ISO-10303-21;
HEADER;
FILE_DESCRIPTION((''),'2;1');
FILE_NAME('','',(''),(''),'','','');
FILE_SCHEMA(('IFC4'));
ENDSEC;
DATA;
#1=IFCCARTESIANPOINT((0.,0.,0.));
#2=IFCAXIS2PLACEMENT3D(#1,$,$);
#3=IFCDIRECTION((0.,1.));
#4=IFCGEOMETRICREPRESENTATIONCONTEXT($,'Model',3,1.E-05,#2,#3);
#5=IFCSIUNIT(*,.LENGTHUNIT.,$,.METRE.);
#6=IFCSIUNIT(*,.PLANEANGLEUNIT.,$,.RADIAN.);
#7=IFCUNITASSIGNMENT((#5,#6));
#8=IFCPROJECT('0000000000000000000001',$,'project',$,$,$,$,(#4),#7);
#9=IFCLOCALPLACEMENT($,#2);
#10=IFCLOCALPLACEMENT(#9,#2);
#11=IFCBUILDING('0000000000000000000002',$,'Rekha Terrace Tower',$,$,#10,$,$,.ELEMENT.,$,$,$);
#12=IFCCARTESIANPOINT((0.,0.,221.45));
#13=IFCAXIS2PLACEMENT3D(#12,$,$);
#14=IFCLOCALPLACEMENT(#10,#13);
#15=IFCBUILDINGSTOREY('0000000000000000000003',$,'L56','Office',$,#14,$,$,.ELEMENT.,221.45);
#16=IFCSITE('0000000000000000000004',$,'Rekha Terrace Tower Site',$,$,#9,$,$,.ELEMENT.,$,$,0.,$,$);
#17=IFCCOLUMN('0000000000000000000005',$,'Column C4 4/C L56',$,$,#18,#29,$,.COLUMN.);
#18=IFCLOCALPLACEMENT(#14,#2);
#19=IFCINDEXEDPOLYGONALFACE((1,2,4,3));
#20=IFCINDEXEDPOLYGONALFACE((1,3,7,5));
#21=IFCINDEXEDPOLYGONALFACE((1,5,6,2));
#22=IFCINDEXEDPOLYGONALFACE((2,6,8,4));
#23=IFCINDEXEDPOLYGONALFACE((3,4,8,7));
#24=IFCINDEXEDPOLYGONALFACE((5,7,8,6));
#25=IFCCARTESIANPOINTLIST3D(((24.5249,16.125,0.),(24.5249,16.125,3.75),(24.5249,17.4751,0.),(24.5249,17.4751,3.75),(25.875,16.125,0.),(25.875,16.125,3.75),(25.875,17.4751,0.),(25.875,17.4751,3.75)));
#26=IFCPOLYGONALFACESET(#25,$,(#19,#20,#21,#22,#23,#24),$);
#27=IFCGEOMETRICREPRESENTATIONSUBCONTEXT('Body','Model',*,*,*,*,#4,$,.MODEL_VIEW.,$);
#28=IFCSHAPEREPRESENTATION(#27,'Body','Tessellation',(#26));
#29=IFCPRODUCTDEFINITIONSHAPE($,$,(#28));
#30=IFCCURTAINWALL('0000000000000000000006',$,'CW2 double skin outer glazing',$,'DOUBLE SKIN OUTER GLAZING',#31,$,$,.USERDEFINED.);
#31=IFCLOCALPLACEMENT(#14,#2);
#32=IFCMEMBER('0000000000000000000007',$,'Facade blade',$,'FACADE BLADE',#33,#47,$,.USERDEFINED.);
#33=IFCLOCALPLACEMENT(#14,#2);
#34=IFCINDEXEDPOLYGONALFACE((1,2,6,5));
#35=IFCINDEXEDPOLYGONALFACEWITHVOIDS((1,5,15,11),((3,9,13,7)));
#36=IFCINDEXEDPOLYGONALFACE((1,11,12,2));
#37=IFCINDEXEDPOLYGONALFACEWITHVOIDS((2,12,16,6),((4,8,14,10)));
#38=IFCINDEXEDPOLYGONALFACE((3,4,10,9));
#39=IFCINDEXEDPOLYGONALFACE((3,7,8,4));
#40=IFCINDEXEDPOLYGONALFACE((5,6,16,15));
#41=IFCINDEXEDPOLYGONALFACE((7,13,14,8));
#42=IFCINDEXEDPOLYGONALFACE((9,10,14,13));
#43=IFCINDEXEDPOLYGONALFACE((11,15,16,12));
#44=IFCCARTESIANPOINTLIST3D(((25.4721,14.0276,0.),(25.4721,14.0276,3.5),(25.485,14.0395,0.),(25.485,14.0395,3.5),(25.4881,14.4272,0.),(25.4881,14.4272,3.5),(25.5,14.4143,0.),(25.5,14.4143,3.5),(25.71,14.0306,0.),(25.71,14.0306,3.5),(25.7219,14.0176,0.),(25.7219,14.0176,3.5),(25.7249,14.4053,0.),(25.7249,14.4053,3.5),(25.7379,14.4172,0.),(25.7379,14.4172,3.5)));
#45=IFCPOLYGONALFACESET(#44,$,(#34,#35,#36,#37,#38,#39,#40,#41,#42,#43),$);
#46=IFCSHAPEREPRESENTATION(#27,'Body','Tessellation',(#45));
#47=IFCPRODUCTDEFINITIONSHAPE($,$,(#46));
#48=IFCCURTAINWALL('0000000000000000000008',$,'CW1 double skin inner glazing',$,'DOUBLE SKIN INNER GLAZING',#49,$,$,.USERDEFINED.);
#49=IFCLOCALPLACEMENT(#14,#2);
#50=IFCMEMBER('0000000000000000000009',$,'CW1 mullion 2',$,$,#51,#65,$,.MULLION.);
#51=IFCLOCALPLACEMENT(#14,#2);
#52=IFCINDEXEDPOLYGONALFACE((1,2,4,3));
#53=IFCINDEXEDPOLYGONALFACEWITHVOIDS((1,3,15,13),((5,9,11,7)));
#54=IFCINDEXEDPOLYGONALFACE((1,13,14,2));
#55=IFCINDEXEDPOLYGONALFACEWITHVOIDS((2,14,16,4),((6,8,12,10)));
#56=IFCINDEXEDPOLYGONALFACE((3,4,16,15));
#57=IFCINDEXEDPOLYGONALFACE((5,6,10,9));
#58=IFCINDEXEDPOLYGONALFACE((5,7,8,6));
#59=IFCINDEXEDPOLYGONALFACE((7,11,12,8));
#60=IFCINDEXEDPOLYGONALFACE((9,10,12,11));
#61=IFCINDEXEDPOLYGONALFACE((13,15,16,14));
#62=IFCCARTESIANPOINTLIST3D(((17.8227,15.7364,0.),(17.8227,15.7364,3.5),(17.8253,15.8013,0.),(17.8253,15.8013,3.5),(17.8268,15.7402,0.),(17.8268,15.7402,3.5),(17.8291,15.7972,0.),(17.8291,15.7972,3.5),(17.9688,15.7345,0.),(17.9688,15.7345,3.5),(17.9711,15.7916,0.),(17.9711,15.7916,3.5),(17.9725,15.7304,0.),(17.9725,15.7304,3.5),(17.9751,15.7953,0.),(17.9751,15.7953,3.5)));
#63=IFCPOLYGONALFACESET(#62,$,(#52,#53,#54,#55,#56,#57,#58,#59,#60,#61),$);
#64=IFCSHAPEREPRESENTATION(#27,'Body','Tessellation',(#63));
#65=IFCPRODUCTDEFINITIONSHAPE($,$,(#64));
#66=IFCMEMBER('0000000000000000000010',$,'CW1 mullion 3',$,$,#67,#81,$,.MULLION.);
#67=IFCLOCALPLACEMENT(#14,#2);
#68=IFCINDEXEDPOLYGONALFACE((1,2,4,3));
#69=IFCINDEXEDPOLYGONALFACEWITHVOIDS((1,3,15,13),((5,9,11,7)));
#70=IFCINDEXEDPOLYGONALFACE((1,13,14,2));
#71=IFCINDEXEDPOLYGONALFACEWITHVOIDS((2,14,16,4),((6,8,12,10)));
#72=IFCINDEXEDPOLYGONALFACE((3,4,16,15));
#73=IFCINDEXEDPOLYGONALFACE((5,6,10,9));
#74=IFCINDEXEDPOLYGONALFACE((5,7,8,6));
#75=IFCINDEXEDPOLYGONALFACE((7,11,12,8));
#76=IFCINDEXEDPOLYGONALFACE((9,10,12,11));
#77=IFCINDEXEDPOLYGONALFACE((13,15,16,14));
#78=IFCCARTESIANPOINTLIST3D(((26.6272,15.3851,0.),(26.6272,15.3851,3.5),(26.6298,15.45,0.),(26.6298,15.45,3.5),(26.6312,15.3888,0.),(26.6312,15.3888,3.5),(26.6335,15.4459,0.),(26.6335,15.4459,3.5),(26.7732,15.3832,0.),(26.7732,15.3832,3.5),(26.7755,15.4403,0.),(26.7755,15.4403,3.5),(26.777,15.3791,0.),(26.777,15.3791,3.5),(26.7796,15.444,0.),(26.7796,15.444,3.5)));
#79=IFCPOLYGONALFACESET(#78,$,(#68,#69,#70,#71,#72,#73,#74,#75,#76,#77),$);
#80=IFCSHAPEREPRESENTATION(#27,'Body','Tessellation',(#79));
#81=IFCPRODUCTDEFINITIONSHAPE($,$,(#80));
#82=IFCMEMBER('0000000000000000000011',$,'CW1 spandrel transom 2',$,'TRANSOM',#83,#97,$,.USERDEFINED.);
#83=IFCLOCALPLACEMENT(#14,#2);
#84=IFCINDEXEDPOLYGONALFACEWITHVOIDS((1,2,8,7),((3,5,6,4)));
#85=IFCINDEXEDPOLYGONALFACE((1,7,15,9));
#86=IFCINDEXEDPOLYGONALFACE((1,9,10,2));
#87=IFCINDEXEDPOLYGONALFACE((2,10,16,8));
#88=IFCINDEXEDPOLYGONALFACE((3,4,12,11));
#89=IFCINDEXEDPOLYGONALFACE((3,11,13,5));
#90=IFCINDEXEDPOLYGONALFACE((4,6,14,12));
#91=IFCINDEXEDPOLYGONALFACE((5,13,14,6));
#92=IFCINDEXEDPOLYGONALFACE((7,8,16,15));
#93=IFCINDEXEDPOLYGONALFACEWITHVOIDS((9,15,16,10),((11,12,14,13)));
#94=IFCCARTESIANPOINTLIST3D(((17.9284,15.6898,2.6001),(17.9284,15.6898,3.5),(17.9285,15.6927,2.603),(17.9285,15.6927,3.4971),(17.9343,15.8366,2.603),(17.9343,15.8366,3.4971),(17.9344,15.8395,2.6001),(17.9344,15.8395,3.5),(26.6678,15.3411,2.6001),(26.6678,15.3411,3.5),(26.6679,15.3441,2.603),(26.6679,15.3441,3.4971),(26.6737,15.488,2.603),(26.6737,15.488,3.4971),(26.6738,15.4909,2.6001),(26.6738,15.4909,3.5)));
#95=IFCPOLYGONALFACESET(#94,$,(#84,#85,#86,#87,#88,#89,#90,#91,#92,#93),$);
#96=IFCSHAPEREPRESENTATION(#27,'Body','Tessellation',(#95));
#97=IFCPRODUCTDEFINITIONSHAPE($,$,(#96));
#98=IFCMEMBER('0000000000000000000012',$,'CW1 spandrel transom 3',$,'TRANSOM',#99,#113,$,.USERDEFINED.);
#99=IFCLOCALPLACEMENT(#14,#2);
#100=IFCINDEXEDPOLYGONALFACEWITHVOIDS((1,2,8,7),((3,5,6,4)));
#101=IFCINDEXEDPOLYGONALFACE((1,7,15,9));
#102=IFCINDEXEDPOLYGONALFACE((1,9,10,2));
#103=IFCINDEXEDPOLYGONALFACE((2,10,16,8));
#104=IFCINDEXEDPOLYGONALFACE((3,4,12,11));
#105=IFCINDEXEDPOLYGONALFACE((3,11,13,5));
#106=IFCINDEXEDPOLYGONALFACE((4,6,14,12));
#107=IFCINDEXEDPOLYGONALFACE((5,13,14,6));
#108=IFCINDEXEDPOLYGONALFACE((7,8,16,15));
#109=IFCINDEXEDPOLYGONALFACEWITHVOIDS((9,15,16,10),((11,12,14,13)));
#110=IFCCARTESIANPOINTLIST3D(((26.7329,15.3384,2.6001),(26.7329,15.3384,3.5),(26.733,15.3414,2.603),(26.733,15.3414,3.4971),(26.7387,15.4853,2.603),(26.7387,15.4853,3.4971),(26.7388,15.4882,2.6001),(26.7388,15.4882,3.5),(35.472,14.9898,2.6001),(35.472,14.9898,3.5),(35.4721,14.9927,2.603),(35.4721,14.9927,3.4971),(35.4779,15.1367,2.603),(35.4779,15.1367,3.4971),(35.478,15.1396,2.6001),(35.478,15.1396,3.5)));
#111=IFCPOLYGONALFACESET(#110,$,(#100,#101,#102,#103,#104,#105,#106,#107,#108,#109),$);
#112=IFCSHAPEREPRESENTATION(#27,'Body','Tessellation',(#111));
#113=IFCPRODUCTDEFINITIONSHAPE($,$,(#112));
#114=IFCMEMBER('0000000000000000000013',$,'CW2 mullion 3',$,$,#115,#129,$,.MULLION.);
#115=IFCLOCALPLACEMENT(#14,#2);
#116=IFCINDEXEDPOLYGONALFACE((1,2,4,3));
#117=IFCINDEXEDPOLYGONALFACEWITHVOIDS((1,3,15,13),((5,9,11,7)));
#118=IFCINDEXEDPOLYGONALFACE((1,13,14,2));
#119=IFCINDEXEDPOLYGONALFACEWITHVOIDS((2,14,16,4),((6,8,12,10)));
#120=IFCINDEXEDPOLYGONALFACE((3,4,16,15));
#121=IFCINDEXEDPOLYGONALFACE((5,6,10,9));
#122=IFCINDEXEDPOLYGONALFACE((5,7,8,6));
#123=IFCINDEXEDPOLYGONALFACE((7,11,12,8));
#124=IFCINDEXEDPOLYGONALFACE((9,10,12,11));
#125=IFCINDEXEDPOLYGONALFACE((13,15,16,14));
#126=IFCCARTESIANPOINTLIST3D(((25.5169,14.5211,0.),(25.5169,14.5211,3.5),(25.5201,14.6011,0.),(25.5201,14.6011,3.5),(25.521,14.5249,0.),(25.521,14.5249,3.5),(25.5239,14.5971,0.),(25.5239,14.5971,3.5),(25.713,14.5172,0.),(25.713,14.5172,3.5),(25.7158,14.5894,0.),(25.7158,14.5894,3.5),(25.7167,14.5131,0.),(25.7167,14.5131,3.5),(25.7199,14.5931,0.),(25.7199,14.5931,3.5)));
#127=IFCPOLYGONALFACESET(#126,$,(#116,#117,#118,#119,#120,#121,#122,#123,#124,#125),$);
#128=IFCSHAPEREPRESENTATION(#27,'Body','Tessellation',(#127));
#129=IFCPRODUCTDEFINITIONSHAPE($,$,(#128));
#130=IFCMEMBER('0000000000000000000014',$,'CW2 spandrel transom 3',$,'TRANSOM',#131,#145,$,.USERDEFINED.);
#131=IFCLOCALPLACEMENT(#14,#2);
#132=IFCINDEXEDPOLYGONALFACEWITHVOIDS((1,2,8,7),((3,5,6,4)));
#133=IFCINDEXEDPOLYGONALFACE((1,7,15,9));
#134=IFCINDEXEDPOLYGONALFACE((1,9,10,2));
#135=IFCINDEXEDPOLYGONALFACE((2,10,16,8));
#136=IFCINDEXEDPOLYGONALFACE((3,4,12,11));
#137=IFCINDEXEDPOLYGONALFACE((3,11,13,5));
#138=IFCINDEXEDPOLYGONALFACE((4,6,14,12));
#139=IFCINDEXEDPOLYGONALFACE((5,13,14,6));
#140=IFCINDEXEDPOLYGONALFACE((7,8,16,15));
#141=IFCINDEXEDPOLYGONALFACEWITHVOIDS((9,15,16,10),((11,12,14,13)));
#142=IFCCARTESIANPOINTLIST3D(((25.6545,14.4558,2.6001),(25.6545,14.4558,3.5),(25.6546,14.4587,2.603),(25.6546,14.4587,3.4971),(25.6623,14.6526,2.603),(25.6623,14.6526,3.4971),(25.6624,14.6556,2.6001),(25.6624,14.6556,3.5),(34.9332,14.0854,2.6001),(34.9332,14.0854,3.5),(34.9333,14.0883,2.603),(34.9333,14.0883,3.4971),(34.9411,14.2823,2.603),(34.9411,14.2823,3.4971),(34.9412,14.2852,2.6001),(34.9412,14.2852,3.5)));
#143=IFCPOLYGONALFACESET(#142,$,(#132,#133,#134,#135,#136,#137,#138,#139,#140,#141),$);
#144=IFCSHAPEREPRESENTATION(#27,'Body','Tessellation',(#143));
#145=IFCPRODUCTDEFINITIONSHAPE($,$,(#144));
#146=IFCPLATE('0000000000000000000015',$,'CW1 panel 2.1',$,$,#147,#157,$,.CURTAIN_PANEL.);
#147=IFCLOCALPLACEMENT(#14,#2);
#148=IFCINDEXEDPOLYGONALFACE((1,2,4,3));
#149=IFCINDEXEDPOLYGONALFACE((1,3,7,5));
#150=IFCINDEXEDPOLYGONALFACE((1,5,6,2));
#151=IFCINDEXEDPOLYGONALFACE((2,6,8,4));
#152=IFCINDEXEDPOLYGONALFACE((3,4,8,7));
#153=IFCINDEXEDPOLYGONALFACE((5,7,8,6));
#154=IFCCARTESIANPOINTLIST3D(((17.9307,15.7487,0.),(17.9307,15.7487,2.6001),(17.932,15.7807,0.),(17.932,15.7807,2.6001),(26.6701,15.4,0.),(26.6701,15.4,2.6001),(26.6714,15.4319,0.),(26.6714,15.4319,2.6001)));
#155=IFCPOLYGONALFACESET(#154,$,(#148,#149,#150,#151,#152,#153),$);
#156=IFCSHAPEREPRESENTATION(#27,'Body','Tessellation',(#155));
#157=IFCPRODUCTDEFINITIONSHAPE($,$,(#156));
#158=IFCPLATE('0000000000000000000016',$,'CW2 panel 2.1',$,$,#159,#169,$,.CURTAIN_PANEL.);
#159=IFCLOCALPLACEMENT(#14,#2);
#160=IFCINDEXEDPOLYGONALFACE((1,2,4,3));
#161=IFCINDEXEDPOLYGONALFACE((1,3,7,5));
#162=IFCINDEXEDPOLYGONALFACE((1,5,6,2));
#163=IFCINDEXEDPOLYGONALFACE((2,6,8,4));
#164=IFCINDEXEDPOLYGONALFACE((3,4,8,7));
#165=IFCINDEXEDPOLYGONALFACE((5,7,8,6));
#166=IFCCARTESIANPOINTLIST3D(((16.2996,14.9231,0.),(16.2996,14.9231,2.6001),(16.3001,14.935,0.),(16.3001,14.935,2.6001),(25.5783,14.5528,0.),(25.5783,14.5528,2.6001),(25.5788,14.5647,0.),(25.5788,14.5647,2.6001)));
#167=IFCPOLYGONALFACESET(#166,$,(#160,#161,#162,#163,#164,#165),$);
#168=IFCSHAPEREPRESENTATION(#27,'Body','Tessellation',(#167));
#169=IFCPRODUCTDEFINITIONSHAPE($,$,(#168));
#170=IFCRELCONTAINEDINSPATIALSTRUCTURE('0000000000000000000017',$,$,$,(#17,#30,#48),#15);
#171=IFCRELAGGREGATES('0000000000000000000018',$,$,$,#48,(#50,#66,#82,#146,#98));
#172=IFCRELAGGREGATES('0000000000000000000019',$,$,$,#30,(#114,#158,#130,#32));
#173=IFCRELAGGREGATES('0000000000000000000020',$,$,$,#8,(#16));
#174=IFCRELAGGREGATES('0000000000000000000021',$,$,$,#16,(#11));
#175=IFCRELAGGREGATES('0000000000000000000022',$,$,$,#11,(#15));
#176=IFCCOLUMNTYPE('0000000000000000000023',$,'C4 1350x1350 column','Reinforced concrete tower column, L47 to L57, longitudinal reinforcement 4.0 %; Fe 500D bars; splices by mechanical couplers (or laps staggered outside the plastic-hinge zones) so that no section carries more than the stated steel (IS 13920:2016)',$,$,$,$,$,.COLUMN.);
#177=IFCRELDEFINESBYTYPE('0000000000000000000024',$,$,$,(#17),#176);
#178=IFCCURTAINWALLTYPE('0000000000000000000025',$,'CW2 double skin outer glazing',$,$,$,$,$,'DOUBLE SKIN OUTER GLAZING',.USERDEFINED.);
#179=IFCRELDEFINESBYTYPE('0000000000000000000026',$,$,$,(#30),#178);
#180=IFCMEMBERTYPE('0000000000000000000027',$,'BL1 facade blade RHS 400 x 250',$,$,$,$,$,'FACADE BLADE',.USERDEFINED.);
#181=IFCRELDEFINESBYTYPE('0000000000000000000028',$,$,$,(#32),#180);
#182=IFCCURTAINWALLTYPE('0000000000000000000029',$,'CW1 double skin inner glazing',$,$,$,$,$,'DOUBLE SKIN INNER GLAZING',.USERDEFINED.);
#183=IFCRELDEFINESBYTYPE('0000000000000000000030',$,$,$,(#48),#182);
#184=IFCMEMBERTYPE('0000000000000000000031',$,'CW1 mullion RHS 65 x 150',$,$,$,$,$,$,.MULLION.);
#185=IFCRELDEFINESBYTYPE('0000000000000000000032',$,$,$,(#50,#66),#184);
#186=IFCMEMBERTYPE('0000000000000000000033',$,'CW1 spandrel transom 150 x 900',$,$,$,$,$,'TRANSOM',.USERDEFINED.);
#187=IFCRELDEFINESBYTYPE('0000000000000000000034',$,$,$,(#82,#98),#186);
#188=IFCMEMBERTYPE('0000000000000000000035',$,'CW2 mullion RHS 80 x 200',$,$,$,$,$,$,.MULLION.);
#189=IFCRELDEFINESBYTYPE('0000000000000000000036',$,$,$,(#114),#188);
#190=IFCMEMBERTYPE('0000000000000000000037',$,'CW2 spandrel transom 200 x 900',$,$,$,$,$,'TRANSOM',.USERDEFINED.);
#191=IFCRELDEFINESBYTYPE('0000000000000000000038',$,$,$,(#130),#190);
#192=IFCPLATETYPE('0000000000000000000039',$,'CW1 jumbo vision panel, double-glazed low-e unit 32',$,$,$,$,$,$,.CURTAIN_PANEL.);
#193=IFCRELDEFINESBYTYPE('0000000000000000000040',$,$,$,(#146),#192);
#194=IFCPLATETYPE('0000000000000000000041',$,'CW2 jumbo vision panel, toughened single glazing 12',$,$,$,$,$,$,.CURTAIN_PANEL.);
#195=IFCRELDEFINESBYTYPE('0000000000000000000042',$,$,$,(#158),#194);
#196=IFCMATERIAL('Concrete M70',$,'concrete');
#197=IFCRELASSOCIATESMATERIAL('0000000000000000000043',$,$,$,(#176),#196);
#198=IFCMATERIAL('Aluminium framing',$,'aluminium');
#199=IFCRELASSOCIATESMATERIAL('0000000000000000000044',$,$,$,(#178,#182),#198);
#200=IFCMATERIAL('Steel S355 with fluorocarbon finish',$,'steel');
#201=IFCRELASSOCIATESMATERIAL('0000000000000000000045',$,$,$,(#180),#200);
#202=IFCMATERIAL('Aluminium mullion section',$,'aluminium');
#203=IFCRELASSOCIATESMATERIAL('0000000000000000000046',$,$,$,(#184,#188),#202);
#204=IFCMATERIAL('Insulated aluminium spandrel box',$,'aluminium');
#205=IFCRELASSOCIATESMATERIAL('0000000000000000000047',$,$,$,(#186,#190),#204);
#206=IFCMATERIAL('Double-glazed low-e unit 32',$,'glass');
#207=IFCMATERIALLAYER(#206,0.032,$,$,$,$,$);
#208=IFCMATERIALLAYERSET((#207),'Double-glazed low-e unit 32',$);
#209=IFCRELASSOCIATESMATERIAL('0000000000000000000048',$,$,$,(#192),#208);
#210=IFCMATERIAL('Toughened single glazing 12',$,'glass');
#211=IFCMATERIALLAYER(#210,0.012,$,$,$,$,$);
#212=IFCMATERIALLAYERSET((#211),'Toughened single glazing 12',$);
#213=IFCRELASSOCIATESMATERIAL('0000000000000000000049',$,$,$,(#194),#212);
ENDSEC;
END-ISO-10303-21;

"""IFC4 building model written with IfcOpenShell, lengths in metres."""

from ifc_helpers import new_model, si_unit, direction, frame, origin, origin_2d, place, context, subcontext, project, spatial, rectangle, hollow_rectangle, extrude, material, layer, layer_set, material_profile, profile_set, type_object, element, aggregate, save


model = new_model("IFC4")

# Units and contexts
model_context = context("Model", 3, precision=1e-05, world=origin(), true_north=direction((0.0, 1.0)))
body_context = subcontext(model_context, "Body", "Model", "MODEL_VIEW")
ifc_project = project(units=[si_unit("LENGTHUNIT", "METRE"), si_unit("PLANEANGLEUNIT", "RADIAN")], contexts=[model_context])

# Site, building, storey
site_placement = place(None, origin())
site = spatial("IfcSite", under=ifc_project, at=site_placement, Name="Rekha Terrace Tower Site", CompositionType="ELEMENT", RefElevation=0.0)
building_placement = place(site_placement, origin())
building = spatial("IfcBuilding", under=site, at=building_placement, Name="Rekha Terrace Tower", CompositionType="ELEMENT")
storey_placement = place(building_placement, frame((0.0, 0.0, 221.45)))
storey = spatial("IfcBuildingStorey", under=building, at=storey_placement, Name="L56", Description="Office", CompositionType="ELEMENT", Elevation=221.45)

# Column
ifc_material_1 = material(Name="Concrete M70", Category="concrete")
ifc_material_profile_1 = material_profile(ifc_material_1, rectangle(XDim=1.3501, YDim=1.3501, at=origin_2d()), Name="RC 1350x1350")
ifc_profile_set_1 = profile_set([ifc_material_profile_1], Name="Concrete M70")
column_type = type_object("IfcColumnType", Name="C4 1350x1350 column", Description="Reinforced concrete tower column, L47 to L57, longitudinal reinforcement 4.0 %; Fe 500D bars; splices by mechanical couplers (or laps staggered outside the plastic-hinge zones) so that no section carries more than the stated steel (IS 13920:2016)", PredefinedType="COLUMN", material=ifc_profile_set_1)
column_placement = place(storey_placement, frame((25.2, 16.8, 0.0), z_axis=(0.0, 0.0, 1.0), x_axis=(1.0, 0.0, 0.0)))
element("IfcColumn", 1, at=column_placement, inside=storey, type_object=column_type, Name="Column C4 4/C L56", PredefinedType="COLUMN", context=body_context, shape_type="SweptSolid", body=[
    extrude(rectangle(XDim=1.3501, YDim=1.3501, at=origin_2d()), origin(), (0.0, 0.0, 1.0), 3.75),
])

# Curtain wall, member
ifc_material_2 = material(Name="Aluminium framing", Category="aluminium")
curtain_wall_type_1 = type_object("IfcCurtainWallType", Name="CW2 double skin outer glazing", ElementType="DOUBLE SKIN OUTER GLAZING", PredefinedType="USERDEFINED", material=ifc_material_2)
curtain_wall_1_placement = place(storey_placement, origin())
curtain_wall_1 = element("IfcCurtainWall", 2, at=curtain_wall_1_placement, inside=storey, type_object=curtain_wall_type_1, Name="CW2 double skin outer glazing", ObjectType="DOUBLE SKIN OUTER GLAZING", PredefinedType="USERDEFINED")
ifc_material_3 = material(Name="Steel S355 with fluorocarbon finish", Category="steel")
ifc_material_profile_2 = material_profile(ifc_material_3, hollow_rectangle(XDim=0.25, YDim=0.3999, WallThickness=0.0125, at=origin_2d()), Name="RHS400x250x12.5")
ifc_profile_set_2 = profile_set([ifc_material_profile_2], Name="Steel S355 with fluorocarbon finish")
member_type_1 = type_object("IfcMemberType", Name="BL1 facade blade RHS 400 x 250", ElementType="FACADE BLADE", PredefinedType="USERDEFINED", material=ifc_profile_set_2)
member_1_placement = place(storey_placement, frame((25.605, 14.2224, 0.0), z_axis=(0.0, 0.0, 1.0), x_axis=(0.999205, -0.039872, 0.0)))
member_1 = element("IfcMember", 3, at=member_1_placement, type_object=member_type_1, Name="Facade blade", ObjectType="FACADE BLADE", PredefinedType="USERDEFINED", context=body_context, shape_type="SweptSolid", body=[
    extrude(hollow_rectangle(XDim=0.25, YDim=0.3999, WallThickness=0.0125, at=origin_2d()), origin(), (0.0, 0.0, 1.0), 3.5),
])

# Curtain wall, members
curtain_wall_type_2 = type_object("IfcCurtainWallType", Name="CW1 double skin inner glazing", ElementType="DOUBLE SKIN INNER GLAZING", PredefinedType="USERDEFINED", material=ifc_material_2)
curtain_wall_2_placement = place(storey_placement, origin())
curtain_wall_2 = element("IfcCurtainWall", 4, at=curtain_wall_2_placement, inside=storey, type_object=curtain_wall_type_2, Name="CW1 double skin inner glazing", ObjectType="DOUBLE SKIN INNER GLAZING", PredefinedType="USERDEFINED")
ifc_material_4 = material(Name="Aluminium mullion section", Category="aluminium")
ifc_material_profile_3 = material_profile(ifc_material_4, hollow_rectangle(XDim=0.0649, YDim=0.1499, WallThickness=0.0039, at=origin_2d()), Name="AL RHS 65x150")
ifc_profile_set_3 = profile_set([ifc_material_profile_3], Name="Aluminium mullion section")
member_type_2 = type_object("IfcMemberType", Name="CW1 mullion RHS 65 x 150", PredefinedType="MULLION", material=ifc_profile_set_3)
member_2_placement = place(storey_placement, frame((17.8989, 15.7659, 0.0), z_axis=(0.0, 0.0, 1.0), x_axis=(0.039872, 0.999205, 0.0)))
member_2 = element("IfcMember", 5, at=member_2_placement, type_object=member_type_2, Name="CW1 mullion 2", PredefinedType="MULLION", context=body_context, shape_type="SweptSolid", body=[
    extrude(hollow_rectangle(XDim=0.0649, YDim=0.1499, WallThickness=0.0039, at=origin_2d()), origin(), (0.0, 0.0, 1.0), 3.5),
])
member_3_placement = place(storey_placement, frame((26.7034, 15.4146, 0.0), z_axis=(0.0, 0.0, 1.0), x_axis=(0.039872, 0.999205, 0.0)))
member_3 = element("IfcMember", 6, at=member_3_placement, type_object=member_type_2, Name="CW1 mullion 3", PredefinedType="MULLION", context=body_context, shape_type="SweptSolid", body=[
    extrude(hollow_rectangle(XDim=0.0649, YDim=0.1499, WallThickness=0.0039, at=origin_2d()), origin(), (0.0, 0.0, 1.0), 3.5),
])
ifc_material_5 = material(Name="Insulated aluminium spandrel box", Category="aluminium")
ifc_material_profile_4 = material_profile(ifc_material_5, hollow_rectangle(XDim=0.1499, YDim=0.8999, WallThickness=0.0029, at=origin_2d()), Name="AL SPANDREL BOX 150x900")
ifc_profile_set_4 = profile_set([ifc_material_profile_4], Name="Insulated aluminium spandrel box")
member_type_3 = type_object("IfcMemberType", Name="CW1 spandrel transom 150 x 900", ElementType="TRANSOM", PredefinedType="USERDEFINED", material=ifc_profile_set_4)
member_4_placement = place(storey_placement, frame((17.9314, 15.7646, 3.05), z_axis=(0.999205, -0.03986, 0.0), x_axis=(0.03986, 0.999205, 0.0)))
member_4 = element("IfcMember", 7, at=member_4_placement, type_object=member_type_3, Name="CW1 spandrel transom 2", ObjectType="TRANSOM", PredefinedType="USERDEFINED", context=body_context, shape_type="SweptSolid", body=[
    extrude(hollow_rectangle(XDim=0.1499, YDim=0.8999, WallThickness=0.0029, at=origin_2d()), origin(), (0.0, 0.0, 1.0), 8.7463),
])
member_5_placement = place(storey_placement, frame((26.7358, 15.4133, 3.05), z_axis=(0.999205, -0.039861, 0.0), x_axis=(0.039861, 0.999205, 0.0)))
member_5 = element("IfcMember", 8, at=member_5_placement, type_object=member_type_3, Name="CW1 spandrel transom 3", ObjectType="TRANSOM", PredefinedType="USERDEFINED", context=body_context, shape_type="SweptSolid", body=[
    extrude(hollow_rectangle(XDim=0.1499, YDim=0.8999, WallThickness=0.0029, at=origin_2d()), origin(), (0.0, 0.0, 1.0), 8.7461),
])

# Members
ifc_material_profile_5 = material_profile(ifc_material_4, hollow_rectangle(XDim=0.0801, YDim=0.2, WallThickness=0.0039, at=origin_2d()), Name="AL RHS 80x200")
ifc_profile_set_5 = profile_set([ifc_material_profile_5], Name="Aluminium mullion section")
member_type_4 = type_object("IfcMemberType", Name="CW2 mullion RHS 80 x 200", PredefinedType="MULLION", material=ifc_profile_set_5)
member_6_placement = place(storey_placement, frame((25.6184, 14.5571, 0.0), z_axis=(0.0, 0.0, 1.0), x_axis=(0.039872, 0.999205, 0.0)))
member_6 = element("IfcMember", 9, at=member_6_placement, type_object=member_type_4, Name="CW2 mullion 3", PredefinedType="MULLION", context=body_context, shape_type="SweptSolid", body=[
    extrude(hollow_rectangle(XDim=0.0801, YDim=0.2, WallThickness=0.0039, at=origin_2d()), origin(), (0.0, 0.0, 1.0), 3.5),
])
ifc_material_profile_6 = material_profile(ifc_material_5, hollow_rectangle(XDim=0.2, YDim=0.8999, WallThickness=0.0029, at=origin_2d()), Name="AL SPANDREL BOX 200x900")
ifc_profile_set_6 = profile_set([ifc_material_profile_6], Name="Insulated aluminium spandrel box")
member_type_5 = type_object("IfcMemberType", Name="CW2 spandrel transom 200 x 900", ElementType="TRANSOM", PredefinedType="USERDEFINED", material=ifc_profile_set_6)
member_7_placement = place(storey_placement, frame((25.6584, 14.5557, 3.05), z_axis=(0.999204, -0.039883, 0.0), x_axis=(0.039883, 0.999204, 0.0)))
member_7 = element("IfcMember", 10, at=member_7_placement, type_object=member_type_5, Name="CW2 spandrel transom 3", ObjectType="TRANSOM", PredefinedType="USERDEFINED", context=body_context, shape_type="SweptSolid", body=[
    extrude(hollow_rectangle(XDim=0.2, YDim=0.8999, WallThickness=0.0029, at=origin_2d()), origin(), (0.0, 0.0, 1.0), 9.2861),
])

# Plates
ifc_material_6 = material(Name="Double-glazed low-e unit 32", Category="glass")
ifc_layer_1 = layer(ifc_material_6, 0.032)
ifc_layer_set_1 = layer_set([ifc_layer_1], Name="Double-glazed low-e unit 32")
plate_type_1 = type_object("IfcPlateType", Name="CW1 jumbo vision panel, double-glazed low-e unit 32", PredefinedType="CURTAIN_PANEL", material=ifc_layer_set_1)
plate_1_placement = place(storey_placement, frame((22.301, 15.5903, 0.0), z_axis=(0.0, 0.0, 1.0), x_axis=(0.999205, -0.039872, 0.0)))
plate_1 = element("IfcPlate", 11, at=plate_1_placement, type_object=plate_type_1, Name="CW1 panel 2.1", PredefinedType="CURTAIN_PANEL", context=body_context, shape_type="SweptSolid", body=[
    extrude(rectangle(XDim=8.7463, YDim=0.032, at=origin_2d()), origin(), (0.0, 0.0, 1.0), 2.6001),
])
aggregate(curtain_wall_2, [member_2, member_3, member_4, plate_1, member_5])
ifc_material_7 = material(Name="Toughened single glazing 12", Category="glass")
ifc_layer_2 = layer(ifc_material_7, 0.012)
ifc_layer_set_2 = layer_set([ifc_layer_2], Name="Toughened single glazing 12")
plate_type_2 = type_object("IfcPlateType", Name="CW2 jumbo vision panel, toughened single glazing 12", PredefinedType="CURTAIN_PANEL", material=ifc_layer_set_2)
plate_2_placement = place(storey_placement, frame((20.9392, 14.7439, 0.0), z_axis=(0.0, 0.0, 1.0), x_axis=(0.999205, -0.039872, 0.0)))
plate_2 = element("IfcPlate", 12, at=plate_2_placement, type_object=plate_type_2, Name="CW2 panel 2.1", PredefinedType="CURTAIN_PANEL", context=body_context, shape_type="SweptSolid", body=[
    extrude(rectangle(XDim=9.2861, YDim=0.012, at=origin_2d()), origin(), (0.0, 0.0, 1.0), 2.6001),
])
aggregate(curtain_wall_1, [member_6, plate_2, member_7, member_1])

save(model, "model.ifc")
